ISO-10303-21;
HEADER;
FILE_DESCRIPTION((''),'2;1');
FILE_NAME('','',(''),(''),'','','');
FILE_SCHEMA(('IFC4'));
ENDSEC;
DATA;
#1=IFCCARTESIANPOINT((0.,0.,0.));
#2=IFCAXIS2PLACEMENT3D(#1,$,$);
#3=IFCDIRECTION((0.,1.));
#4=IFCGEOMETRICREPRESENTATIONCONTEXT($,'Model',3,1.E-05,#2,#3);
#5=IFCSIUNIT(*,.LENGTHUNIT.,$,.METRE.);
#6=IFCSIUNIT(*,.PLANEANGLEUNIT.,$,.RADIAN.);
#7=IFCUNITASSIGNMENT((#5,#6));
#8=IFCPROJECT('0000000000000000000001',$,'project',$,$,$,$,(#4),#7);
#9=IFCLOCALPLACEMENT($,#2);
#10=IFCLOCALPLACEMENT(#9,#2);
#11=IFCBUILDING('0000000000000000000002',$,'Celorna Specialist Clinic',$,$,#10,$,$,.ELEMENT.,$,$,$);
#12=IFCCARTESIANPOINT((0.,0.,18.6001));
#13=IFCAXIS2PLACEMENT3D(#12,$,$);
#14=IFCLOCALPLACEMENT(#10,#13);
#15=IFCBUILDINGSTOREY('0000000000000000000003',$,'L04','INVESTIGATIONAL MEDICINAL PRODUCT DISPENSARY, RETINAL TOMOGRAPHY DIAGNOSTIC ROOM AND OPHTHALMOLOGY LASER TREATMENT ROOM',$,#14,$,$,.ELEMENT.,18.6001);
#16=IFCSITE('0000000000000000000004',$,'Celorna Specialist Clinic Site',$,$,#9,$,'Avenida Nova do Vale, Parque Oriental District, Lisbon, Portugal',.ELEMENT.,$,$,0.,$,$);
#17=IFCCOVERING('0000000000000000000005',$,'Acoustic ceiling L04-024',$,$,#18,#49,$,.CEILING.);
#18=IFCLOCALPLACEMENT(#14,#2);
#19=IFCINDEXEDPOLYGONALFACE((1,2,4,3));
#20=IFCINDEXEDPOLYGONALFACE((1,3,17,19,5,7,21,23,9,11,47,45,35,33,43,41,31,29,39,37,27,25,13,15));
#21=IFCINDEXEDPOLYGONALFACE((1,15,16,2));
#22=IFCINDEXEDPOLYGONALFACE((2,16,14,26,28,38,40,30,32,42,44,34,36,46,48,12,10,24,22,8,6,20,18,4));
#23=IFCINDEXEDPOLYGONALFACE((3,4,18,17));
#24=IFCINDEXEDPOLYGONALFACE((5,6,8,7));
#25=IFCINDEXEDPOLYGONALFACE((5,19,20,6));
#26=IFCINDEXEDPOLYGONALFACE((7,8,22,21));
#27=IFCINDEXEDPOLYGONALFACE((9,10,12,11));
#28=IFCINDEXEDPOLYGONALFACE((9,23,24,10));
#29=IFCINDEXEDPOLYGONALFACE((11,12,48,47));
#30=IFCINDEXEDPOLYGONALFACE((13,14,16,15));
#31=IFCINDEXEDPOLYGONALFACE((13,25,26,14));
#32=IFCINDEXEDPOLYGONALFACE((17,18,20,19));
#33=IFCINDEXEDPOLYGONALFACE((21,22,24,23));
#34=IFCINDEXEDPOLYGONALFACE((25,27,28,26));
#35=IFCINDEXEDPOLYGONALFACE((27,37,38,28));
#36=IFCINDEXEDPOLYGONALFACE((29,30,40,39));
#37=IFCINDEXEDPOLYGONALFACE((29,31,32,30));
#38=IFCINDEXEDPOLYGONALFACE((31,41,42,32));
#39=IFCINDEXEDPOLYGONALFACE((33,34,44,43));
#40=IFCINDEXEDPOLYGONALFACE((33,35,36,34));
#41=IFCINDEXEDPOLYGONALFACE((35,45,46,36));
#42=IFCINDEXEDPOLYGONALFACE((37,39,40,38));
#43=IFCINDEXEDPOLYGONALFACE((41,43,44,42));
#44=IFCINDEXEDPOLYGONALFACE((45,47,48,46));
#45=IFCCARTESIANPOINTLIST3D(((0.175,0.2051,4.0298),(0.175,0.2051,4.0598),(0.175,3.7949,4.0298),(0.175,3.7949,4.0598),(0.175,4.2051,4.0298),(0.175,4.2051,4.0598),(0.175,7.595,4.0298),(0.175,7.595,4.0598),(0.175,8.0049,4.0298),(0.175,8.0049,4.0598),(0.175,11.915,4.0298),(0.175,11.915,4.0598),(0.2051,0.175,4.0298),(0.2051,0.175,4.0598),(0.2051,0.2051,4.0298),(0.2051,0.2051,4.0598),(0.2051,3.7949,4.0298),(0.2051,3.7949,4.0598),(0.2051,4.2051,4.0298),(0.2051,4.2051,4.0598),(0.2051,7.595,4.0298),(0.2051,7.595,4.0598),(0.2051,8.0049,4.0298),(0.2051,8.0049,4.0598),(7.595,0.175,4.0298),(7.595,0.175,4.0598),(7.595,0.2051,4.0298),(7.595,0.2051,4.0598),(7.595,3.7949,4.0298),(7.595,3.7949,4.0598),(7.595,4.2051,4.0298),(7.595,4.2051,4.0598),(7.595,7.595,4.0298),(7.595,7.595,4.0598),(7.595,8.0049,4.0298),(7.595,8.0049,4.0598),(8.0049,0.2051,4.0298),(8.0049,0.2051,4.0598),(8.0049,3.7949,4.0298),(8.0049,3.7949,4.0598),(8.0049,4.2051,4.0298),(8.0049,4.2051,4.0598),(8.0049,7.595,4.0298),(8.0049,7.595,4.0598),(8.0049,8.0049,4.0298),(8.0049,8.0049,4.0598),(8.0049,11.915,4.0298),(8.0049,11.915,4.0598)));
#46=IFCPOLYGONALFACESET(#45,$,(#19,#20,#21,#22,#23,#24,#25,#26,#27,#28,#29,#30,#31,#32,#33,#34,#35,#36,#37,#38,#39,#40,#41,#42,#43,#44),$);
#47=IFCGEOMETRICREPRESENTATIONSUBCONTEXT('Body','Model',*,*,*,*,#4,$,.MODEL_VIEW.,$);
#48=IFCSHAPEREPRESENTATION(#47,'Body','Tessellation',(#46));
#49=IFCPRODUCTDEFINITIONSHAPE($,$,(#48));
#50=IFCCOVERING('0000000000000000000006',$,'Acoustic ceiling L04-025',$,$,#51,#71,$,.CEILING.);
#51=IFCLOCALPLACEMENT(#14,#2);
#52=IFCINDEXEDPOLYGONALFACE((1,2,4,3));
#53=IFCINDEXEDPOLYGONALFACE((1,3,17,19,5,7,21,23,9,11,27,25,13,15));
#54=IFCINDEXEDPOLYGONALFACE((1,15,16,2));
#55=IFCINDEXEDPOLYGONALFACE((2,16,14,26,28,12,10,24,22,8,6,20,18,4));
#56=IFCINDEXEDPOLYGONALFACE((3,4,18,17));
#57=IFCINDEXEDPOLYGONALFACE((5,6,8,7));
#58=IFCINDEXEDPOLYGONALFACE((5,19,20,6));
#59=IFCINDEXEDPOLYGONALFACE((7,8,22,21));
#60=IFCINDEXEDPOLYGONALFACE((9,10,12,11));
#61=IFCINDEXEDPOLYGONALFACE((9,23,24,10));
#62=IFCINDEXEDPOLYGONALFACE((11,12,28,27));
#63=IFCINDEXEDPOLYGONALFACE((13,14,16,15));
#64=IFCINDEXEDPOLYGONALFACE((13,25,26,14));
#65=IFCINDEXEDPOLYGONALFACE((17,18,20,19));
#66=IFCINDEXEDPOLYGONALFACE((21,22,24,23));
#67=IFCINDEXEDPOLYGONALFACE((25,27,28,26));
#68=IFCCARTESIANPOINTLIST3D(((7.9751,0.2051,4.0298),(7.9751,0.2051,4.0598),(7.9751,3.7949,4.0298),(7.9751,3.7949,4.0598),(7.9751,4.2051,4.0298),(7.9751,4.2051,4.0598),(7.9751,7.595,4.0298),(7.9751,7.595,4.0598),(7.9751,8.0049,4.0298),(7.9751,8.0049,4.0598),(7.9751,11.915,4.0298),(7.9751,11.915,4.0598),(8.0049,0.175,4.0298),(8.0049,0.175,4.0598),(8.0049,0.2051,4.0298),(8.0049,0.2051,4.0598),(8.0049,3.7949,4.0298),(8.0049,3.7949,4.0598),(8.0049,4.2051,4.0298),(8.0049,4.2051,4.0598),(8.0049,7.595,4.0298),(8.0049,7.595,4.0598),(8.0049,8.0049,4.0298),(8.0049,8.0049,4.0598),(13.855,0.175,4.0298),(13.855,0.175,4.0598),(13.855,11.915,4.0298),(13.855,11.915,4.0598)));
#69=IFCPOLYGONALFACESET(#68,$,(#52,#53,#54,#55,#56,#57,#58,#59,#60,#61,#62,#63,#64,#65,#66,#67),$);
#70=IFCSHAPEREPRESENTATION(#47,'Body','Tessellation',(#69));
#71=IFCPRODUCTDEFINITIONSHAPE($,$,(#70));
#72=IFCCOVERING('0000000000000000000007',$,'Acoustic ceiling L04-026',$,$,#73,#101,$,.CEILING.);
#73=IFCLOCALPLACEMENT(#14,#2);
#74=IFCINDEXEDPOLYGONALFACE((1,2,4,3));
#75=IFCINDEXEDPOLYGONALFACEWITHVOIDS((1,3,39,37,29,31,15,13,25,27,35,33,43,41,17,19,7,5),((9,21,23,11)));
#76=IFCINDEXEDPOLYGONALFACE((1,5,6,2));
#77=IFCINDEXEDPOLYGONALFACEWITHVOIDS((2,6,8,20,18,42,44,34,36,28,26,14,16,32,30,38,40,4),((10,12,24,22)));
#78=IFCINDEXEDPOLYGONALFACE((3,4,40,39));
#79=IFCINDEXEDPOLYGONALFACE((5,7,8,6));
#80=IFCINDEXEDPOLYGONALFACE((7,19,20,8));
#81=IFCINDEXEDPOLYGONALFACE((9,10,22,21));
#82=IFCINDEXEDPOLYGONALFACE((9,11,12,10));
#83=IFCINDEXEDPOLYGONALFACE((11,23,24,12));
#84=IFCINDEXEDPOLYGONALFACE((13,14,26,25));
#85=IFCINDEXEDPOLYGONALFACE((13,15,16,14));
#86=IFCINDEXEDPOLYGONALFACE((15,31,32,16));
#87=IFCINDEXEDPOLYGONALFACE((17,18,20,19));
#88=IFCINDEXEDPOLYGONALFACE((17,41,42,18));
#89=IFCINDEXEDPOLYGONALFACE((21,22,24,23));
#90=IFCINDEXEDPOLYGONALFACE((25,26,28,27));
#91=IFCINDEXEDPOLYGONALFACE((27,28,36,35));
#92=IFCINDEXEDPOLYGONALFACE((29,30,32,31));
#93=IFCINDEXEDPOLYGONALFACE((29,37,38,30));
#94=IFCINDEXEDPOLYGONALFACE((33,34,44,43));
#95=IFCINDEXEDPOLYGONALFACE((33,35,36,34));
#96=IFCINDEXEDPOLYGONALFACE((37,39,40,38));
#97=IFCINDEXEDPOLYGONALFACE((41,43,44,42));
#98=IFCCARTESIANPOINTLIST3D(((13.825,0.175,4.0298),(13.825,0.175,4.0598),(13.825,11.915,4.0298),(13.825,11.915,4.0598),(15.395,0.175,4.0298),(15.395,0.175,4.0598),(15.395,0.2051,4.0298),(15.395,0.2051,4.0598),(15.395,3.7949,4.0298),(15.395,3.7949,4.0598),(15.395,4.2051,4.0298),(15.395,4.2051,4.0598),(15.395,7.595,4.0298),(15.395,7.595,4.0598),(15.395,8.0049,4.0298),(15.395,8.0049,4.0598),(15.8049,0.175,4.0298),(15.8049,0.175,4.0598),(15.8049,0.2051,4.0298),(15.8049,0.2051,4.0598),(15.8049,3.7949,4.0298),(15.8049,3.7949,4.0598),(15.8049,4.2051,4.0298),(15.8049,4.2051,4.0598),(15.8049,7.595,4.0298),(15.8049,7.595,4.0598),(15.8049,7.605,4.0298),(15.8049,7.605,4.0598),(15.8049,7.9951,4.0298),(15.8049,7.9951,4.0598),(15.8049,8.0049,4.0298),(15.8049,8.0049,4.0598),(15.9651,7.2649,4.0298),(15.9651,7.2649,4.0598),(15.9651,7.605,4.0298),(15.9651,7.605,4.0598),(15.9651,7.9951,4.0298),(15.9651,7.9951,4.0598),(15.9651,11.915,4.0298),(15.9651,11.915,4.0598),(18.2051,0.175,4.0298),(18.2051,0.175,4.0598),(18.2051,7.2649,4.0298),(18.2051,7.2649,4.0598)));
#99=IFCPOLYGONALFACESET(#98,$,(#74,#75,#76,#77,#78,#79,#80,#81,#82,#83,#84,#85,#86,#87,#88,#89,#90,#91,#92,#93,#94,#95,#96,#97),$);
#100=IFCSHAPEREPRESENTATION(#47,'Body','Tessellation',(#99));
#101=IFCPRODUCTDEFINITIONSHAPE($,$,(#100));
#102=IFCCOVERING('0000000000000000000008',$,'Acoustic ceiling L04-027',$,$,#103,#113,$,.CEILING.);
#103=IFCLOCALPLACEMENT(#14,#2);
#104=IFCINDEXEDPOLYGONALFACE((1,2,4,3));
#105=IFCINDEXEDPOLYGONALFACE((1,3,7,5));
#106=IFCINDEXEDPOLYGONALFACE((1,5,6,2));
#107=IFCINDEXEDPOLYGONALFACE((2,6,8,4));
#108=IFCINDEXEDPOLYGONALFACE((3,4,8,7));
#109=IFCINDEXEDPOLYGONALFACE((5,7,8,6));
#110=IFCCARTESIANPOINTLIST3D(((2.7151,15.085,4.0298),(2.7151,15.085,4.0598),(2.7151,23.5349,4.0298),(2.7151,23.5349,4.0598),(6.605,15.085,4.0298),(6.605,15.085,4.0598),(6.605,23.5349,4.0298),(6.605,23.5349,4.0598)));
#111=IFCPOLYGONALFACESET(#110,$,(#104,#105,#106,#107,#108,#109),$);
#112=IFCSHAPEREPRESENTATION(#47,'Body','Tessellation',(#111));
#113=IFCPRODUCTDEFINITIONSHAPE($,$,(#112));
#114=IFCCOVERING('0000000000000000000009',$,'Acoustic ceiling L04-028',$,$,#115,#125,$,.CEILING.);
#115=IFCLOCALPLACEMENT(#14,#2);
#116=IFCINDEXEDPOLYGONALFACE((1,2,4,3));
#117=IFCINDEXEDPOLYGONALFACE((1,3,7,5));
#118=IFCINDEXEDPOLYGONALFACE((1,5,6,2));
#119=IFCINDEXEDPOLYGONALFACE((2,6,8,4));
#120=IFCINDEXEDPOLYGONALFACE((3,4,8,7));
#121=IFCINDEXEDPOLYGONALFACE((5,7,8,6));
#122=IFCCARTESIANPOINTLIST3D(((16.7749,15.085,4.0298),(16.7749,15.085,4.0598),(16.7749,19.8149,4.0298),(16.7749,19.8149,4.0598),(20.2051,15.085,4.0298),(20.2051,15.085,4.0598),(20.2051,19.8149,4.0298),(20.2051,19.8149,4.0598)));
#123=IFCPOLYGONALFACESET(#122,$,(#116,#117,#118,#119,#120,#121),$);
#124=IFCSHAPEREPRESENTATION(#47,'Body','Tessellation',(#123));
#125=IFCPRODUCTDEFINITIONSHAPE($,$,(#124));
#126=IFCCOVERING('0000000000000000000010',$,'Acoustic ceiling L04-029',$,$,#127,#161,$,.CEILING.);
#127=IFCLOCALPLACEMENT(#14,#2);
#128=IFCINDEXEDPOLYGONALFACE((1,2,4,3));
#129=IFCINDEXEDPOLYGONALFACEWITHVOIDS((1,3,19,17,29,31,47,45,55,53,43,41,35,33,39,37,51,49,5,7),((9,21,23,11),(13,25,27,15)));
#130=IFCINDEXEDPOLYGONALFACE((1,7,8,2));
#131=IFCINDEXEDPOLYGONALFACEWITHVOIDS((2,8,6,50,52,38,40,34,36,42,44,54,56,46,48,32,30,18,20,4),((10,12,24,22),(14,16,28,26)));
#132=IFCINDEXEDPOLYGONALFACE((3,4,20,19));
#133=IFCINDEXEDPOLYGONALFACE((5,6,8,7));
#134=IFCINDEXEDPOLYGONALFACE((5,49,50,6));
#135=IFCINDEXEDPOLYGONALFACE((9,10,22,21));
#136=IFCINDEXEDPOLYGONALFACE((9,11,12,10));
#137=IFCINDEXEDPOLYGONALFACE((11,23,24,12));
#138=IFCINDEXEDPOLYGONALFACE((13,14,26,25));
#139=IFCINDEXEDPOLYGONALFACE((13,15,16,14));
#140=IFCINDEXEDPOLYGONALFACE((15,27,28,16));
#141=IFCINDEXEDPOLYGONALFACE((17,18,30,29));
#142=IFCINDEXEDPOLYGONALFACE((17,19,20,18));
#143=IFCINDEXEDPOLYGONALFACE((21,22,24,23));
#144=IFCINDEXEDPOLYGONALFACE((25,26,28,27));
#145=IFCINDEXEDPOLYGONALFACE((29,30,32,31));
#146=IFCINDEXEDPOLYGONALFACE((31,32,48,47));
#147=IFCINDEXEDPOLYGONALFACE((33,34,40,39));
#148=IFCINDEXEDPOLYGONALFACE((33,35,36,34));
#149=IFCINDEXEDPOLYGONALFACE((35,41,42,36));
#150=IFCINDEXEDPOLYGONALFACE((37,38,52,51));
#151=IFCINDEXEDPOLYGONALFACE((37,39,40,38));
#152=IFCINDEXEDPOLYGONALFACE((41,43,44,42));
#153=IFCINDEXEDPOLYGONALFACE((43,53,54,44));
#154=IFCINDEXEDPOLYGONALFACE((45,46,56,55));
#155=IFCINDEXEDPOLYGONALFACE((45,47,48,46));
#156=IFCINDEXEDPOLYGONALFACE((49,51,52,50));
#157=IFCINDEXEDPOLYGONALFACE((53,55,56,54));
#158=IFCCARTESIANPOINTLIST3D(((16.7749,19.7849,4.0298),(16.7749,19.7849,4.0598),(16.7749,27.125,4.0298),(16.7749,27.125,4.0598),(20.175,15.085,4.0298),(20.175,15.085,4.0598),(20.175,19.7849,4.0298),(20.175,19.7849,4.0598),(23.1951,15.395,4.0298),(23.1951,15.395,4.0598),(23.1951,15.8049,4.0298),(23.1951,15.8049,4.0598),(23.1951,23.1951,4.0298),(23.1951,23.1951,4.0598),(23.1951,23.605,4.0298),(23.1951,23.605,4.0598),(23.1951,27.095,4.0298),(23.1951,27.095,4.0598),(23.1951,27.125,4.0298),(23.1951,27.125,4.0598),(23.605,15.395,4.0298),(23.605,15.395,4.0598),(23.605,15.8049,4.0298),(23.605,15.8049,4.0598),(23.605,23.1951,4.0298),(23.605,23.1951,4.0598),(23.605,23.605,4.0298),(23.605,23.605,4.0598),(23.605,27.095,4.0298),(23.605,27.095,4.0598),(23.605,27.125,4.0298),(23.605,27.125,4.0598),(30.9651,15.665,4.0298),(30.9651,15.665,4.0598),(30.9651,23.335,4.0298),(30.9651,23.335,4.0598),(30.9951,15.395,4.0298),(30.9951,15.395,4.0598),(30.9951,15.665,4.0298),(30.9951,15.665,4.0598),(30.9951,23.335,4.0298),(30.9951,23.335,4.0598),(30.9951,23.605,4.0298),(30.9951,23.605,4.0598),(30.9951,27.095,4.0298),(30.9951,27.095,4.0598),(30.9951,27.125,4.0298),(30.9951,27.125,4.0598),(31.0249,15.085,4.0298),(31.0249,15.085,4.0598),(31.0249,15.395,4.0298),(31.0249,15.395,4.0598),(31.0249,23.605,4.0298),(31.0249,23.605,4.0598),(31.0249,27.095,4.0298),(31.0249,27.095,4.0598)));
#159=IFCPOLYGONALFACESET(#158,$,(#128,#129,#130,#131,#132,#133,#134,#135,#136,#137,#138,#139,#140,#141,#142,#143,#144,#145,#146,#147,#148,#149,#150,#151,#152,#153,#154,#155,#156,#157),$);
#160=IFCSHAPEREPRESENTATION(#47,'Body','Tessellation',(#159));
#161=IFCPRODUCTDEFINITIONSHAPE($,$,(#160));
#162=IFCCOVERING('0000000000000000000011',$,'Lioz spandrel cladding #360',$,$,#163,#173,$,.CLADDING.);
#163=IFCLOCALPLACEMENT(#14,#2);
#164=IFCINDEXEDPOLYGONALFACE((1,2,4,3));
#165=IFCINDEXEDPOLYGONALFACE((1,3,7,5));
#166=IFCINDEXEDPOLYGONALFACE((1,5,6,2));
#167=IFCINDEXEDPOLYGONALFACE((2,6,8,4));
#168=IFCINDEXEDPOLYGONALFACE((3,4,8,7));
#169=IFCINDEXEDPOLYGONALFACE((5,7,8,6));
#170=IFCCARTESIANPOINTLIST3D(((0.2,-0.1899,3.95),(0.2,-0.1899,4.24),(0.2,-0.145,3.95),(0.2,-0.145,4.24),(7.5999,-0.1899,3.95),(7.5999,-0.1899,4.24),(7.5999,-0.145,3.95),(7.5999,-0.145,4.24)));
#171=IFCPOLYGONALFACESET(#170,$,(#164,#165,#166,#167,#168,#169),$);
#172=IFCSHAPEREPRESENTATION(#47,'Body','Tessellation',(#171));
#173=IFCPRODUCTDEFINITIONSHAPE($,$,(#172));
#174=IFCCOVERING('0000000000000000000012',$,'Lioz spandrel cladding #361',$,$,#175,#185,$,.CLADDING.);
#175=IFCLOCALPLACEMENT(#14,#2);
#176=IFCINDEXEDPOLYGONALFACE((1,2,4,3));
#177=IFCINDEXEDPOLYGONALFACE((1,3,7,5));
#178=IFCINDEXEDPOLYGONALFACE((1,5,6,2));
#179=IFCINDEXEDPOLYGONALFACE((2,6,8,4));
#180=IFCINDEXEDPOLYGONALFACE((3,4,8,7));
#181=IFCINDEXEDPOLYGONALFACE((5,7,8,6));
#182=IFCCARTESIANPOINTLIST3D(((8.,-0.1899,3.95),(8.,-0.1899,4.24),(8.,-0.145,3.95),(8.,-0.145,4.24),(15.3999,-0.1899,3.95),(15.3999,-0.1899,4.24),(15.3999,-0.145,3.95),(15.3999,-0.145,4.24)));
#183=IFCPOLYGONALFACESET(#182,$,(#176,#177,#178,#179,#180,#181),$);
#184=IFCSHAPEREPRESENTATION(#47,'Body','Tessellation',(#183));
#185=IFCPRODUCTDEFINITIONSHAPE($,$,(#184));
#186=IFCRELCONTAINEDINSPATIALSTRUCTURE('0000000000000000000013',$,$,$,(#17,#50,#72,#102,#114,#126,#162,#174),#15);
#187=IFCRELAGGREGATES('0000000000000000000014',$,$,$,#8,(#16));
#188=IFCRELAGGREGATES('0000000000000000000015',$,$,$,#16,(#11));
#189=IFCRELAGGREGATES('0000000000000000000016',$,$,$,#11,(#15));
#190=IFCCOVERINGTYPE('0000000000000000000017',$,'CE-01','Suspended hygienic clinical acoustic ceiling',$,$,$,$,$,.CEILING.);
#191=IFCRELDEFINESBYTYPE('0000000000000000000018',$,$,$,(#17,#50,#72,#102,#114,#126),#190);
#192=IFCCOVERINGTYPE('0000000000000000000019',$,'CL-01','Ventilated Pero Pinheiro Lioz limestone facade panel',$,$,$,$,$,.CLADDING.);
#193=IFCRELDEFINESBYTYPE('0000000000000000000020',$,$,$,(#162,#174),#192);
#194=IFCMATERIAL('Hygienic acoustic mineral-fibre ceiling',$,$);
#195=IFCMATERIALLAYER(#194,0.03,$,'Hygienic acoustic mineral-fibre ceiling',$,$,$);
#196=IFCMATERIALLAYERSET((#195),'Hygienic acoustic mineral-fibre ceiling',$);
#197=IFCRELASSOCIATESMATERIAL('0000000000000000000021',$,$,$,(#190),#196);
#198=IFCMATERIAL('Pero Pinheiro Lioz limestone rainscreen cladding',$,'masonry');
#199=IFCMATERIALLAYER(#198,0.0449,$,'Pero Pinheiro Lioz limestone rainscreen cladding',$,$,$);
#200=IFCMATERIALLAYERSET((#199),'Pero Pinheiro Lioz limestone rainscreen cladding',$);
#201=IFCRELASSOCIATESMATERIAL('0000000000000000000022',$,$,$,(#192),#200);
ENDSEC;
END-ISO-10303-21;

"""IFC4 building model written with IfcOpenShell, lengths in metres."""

from ifc_helpers import new_model, si_unit, direction, frame, origin, origin_2d, place, context, subcontext, project, spatial, polyline, rectangle, outline, extrude, material, layer, layer_set, type_object, element, save


model = new_model("IFC4")

# Units and contexts
model_context = context("Model", 3, precision=1e-05, world=origin(), true_north=direction((0.0, 1.0)))
body_context = subcontext(model_context, "Body", "Model", "MODEL_VIEW")
ifc_project = project(units=[si_unit("LENGTHUNIT", "METRE"), si_unit("PLANEANGLEUNIT", "RADIAN")], contexts=[model_context])

# Site, building, storey
site_placement = place(None, origin())
site = spatial("IfcSite", under=ifc_project, at=site_placement, Name="Celorna Specialist Clinic Site", LongName="Avenida Nova do Vale, Parque Oriental District, Lisbon, Portugal", CompositionType="ELEMENT", RefElevation=0.0)
building_placement = place(site_placement, origin())
building = spatial("IfcBuilding", under=site, at=building_placement, Name="Celorna Specialist Clinic", CompositionType="ELEMENT")
storey_placement = place(building_placement, frame((0.0, 0.0, 18.6001)))
storey = spatial("IfcBuildingStorey", under=building, at=storey_placement, Name="L04", Description="INVESTIGATIONAL MEDICINAL PRODUCT DISPENSARY, RETINAL TOMOGRAPHY DIAGNOSTIC ROOM AND OPHTHALMOLOGY LASER TREATMENT ROOM", CompositionType="ELEMENT", Elevation=18.6001)

# Coverings
ifc_material_1 = material(Name="Hygienic acoustic mineral-fibre ceiling")
ifc_layer_1 = layer(ifc_material_1, 0.03, Name="Hygienic acoustic mineral-fibre ceiling")
ifc_layer_set_1 = layer_set([ifc_layer_1], Name="Hygienic acoustic mineral-fibre ceiling")
covering_type_1 = type_object("IfcCoveringType", Name="CE-01", Description="Suspended hygienic clinical acoustic ceiling", PredefinedType="CEILING", material=ifc_layer_set_1)
covering_1_placement = place(storey_placement, frame((0.0, 0.0, 4.0298)))
element("IfcCovering", 1, at=covering_1_placement, inside=storey, type_object=covering_type_1, Name="Acoustic ceiling L04-024", PredefinedType="CEILING", context=body_context, shape_type="SweptSolid", body=[
    extrude(outline(polyline([(0.175, 3.7949), (0.2051, 3.7949), (0.2051, 4.2051), (0.175, 4.2051), (0.175, 7.595), (0.2051, 7.595), (0.2051, 8.0049), (0.175, 8.0049), (0.175, 11.915), (8.0049, 11.915), (8.0049, 8.0049), (7.595, 8.0049), (7.595, 7.595), (8.0049, 7.595), (8.0049, 4.2051), (7.595, 4.2051), (7.595, 3.7949), (8.0049, 3.7949), (8.0049, 0.2051), (7.595, 0.2051), (7.595, 0.175), (0.2051, 0.175), (0.2051, 0.2051), (0.175, 0.2051), (0.175, 3.7949)])), origin(), (0.0, 0.0, 1.0), 0.03),
])
covering_2_placement = place(storey_placement, frame((0.0, 0.0, 4.0298)))
element("IfcCovering", 2, at=covering_2_placement, inside=storey, type_object=covering_type_1, Name="Acoustic ceiling L04-025", PredefinedType="CEILING", context=body_context, shape_type="SweptSolid", body=[
    extrude(outline(polyline([(7.9751, 3.7949), (8.0049, 3.7949), (8.0049, 4.2051), (7.9751, 4.2051), (7.9751, 7.595), (8.0049, 7.595), (8.0049, 8.0049), (7.9751, 8.0049), (7.9751, 11.915), (13.855, 11.915), (13.855, 0.175), (8.0049, 0.175), (8.0049, 0.2051), (7.9751, 0.2051), (7.9751, 3.7949)])), origin(), (0.0, 0.0, 1.0), 0.03),
])
covering_3_placement = place(storey_placement, frame((0.0, 0.0, 4.0298)))
element("IfcCovering", 3, at=covering_3_placement, inside=storey, type_object=covering_type_1, Name="Acoustic ceiling L04-026", PredefinedType="CEILING", context=body_context, shape_type="SweptSolid", body=[
    extrude(outline(polyline([(13.825, 0.175), (13.825, 11.915), (15.9651, 11.915), (15.9651, 7.9951), (15.8049, 7.9951), (15.8049, 8.0049), (15.395, 8.0049), (15.395, 7.595), (15.8049, 7.595), (15.8049, 7.605), (15.9651, 7.605), (15.9651, 7.2649), (18.2051, 7.2649), (18.2051, 0.175), (15.8049, 0.175), (15.8049, 0.2051), (15.395, 0.2051), (15.395, 0.175), (13.825, 0.175)]), holes=[polyline([(15.395, 4.2051), (15.395, 3.7949), (15.8049, 3.7949), (15.8049, 4.2051), (15.395, 4.2051)])]), origin(), (0.0, 0.0, 1.0), 0.03),
])
covering_4_placement = place(storey_placement, frame((0.0, 0.0, 4.0298)))
element("IfcCovering", 4, at=covering_4_placement, inside=storey, type_object=covering_type_1, Name="Acoustic ceiling L04-027", PredefinedType="CEILING", context=body_context, shape_type="SweptSolid", body=[
    extrude(outline(polyline([(2.7151, 23.5349), (6.605, 23.5349), (6.605, 15.085), (2.7151, 15.085), (2.7151, 23.5349)])), origin(), (0.0, 0.0, 1.0), 0.03),
])
covering_5_placement = place(storey_placement, frame((0.0, 0.0, 4.0298)))
element("IfcCovering", 5, at=covering_5_placement, inside=storey, type_object=covering_type_1, Name="Acoustic ceiling L04-028", PredefinedType="CEILING", context=body_context, shape_type="SweptSolid", body=[
    extrude(outline(polyline([(20.2051, 19.8149), (20.2051, 15.085), (16.7749, 15.085), (16.7749, 19.8149), (20.2051, 19.8149)])), origin(), (0.0, 0.0, 1.0), 0.03),
])
covering_6_placement = place(storey_placement, frame((0.0, 0.0, 4.0298)))
element("IfcCovering", 6, at=covering_6_placement, inside=storey, type_object=covering_type_1, Name="Acoustic ceiling L04-029", PredefinedType="CEILING", context=body_context, shape_type="SweptSolid", body=[
    extrude(outline(polyline([(30.9951, 27.125), (30.9951, 27.095), (31.0249, 27.095), (31.0249, 23.605), (30.9951, 23.605), (30.9951, 23.335), (30.9651, 23.335), (30.9651, 15.665), (30.9951, 15.665), (30.9951, 15.395), (31.0249, 15.395), (31.0249, 15.085), (20.175, 15.085), (20.175, 19.7849), (16.7749, 19.7849), (16.7749, 27.125), (23.1951, 27.125), (23.1951, 27.095), (23.605, 27.095), (23.605, 27.125), (30.9951, 27.125)]), holes=[polyline([(23.1951, 15.395), (23.605, 15.395), (23.605, 15.8049), (23.1951, 15.8049), (23.1951, 15.395)]), polyline([(23.1951, 23.1951), (23.605, 23.1951), (23.605, 23.605), (23.1951, 23.605), (23.1951, 23.1951)])]), origin(), (0.0, 0.0, 1.0), 0.03),
])
ifc_material_2 = material(Name="Pero Pinheiro Lioz limestone rainscreen cladding", Category="masonry")
ifc_layer_2 = layer(ifc_material_2, 0.0449, Name="Pero Pinheiro Lioz limestone rainscreen cladding")
ifc_layer_set_2 = layer_set([ifc_layer_2], Name="Pero Pinheiro Lioz limestone rainscreen cladding")
covering_type_2 = type_object("IfcCoveringType", Name="CL-01", Description="Ventilated Pero Pinheiro Lioz limestone facade panel", PredefinedType="CLADDING", material=ifc_layer_set_2)
for number, where, z_axis, x_axis, name in (
    (7, (3.8999, -0.1675, 3.95), (0.0, 0.0, 1.0), (-1.0, 0.0, 0.0), "Lioz spandrel cladding #360"),
    (8, (11.7, -0.1675, 3.95), (0.0, 0.0, 1.0), (-1.0, 0.0, 0.0), "Lioz spandrel cladding #361"),
):
    element("IfcCovering", number, at=place(storey_placement, frame(where, z_axis=z_axis, x_axis=x_axis)), inside=storey, type_object=covering_type_2, Name=name, PredefinedType="CLADDING", context=body_context, shape_type="SweptSolid", body=[
        extrude(rectangle(XDim=7.3999, YDim=0.0449, at=origin_2d()), origin(), (0.0, 0.0, 1.0), 0.29),
    ])

save(model, "model.ifc")
